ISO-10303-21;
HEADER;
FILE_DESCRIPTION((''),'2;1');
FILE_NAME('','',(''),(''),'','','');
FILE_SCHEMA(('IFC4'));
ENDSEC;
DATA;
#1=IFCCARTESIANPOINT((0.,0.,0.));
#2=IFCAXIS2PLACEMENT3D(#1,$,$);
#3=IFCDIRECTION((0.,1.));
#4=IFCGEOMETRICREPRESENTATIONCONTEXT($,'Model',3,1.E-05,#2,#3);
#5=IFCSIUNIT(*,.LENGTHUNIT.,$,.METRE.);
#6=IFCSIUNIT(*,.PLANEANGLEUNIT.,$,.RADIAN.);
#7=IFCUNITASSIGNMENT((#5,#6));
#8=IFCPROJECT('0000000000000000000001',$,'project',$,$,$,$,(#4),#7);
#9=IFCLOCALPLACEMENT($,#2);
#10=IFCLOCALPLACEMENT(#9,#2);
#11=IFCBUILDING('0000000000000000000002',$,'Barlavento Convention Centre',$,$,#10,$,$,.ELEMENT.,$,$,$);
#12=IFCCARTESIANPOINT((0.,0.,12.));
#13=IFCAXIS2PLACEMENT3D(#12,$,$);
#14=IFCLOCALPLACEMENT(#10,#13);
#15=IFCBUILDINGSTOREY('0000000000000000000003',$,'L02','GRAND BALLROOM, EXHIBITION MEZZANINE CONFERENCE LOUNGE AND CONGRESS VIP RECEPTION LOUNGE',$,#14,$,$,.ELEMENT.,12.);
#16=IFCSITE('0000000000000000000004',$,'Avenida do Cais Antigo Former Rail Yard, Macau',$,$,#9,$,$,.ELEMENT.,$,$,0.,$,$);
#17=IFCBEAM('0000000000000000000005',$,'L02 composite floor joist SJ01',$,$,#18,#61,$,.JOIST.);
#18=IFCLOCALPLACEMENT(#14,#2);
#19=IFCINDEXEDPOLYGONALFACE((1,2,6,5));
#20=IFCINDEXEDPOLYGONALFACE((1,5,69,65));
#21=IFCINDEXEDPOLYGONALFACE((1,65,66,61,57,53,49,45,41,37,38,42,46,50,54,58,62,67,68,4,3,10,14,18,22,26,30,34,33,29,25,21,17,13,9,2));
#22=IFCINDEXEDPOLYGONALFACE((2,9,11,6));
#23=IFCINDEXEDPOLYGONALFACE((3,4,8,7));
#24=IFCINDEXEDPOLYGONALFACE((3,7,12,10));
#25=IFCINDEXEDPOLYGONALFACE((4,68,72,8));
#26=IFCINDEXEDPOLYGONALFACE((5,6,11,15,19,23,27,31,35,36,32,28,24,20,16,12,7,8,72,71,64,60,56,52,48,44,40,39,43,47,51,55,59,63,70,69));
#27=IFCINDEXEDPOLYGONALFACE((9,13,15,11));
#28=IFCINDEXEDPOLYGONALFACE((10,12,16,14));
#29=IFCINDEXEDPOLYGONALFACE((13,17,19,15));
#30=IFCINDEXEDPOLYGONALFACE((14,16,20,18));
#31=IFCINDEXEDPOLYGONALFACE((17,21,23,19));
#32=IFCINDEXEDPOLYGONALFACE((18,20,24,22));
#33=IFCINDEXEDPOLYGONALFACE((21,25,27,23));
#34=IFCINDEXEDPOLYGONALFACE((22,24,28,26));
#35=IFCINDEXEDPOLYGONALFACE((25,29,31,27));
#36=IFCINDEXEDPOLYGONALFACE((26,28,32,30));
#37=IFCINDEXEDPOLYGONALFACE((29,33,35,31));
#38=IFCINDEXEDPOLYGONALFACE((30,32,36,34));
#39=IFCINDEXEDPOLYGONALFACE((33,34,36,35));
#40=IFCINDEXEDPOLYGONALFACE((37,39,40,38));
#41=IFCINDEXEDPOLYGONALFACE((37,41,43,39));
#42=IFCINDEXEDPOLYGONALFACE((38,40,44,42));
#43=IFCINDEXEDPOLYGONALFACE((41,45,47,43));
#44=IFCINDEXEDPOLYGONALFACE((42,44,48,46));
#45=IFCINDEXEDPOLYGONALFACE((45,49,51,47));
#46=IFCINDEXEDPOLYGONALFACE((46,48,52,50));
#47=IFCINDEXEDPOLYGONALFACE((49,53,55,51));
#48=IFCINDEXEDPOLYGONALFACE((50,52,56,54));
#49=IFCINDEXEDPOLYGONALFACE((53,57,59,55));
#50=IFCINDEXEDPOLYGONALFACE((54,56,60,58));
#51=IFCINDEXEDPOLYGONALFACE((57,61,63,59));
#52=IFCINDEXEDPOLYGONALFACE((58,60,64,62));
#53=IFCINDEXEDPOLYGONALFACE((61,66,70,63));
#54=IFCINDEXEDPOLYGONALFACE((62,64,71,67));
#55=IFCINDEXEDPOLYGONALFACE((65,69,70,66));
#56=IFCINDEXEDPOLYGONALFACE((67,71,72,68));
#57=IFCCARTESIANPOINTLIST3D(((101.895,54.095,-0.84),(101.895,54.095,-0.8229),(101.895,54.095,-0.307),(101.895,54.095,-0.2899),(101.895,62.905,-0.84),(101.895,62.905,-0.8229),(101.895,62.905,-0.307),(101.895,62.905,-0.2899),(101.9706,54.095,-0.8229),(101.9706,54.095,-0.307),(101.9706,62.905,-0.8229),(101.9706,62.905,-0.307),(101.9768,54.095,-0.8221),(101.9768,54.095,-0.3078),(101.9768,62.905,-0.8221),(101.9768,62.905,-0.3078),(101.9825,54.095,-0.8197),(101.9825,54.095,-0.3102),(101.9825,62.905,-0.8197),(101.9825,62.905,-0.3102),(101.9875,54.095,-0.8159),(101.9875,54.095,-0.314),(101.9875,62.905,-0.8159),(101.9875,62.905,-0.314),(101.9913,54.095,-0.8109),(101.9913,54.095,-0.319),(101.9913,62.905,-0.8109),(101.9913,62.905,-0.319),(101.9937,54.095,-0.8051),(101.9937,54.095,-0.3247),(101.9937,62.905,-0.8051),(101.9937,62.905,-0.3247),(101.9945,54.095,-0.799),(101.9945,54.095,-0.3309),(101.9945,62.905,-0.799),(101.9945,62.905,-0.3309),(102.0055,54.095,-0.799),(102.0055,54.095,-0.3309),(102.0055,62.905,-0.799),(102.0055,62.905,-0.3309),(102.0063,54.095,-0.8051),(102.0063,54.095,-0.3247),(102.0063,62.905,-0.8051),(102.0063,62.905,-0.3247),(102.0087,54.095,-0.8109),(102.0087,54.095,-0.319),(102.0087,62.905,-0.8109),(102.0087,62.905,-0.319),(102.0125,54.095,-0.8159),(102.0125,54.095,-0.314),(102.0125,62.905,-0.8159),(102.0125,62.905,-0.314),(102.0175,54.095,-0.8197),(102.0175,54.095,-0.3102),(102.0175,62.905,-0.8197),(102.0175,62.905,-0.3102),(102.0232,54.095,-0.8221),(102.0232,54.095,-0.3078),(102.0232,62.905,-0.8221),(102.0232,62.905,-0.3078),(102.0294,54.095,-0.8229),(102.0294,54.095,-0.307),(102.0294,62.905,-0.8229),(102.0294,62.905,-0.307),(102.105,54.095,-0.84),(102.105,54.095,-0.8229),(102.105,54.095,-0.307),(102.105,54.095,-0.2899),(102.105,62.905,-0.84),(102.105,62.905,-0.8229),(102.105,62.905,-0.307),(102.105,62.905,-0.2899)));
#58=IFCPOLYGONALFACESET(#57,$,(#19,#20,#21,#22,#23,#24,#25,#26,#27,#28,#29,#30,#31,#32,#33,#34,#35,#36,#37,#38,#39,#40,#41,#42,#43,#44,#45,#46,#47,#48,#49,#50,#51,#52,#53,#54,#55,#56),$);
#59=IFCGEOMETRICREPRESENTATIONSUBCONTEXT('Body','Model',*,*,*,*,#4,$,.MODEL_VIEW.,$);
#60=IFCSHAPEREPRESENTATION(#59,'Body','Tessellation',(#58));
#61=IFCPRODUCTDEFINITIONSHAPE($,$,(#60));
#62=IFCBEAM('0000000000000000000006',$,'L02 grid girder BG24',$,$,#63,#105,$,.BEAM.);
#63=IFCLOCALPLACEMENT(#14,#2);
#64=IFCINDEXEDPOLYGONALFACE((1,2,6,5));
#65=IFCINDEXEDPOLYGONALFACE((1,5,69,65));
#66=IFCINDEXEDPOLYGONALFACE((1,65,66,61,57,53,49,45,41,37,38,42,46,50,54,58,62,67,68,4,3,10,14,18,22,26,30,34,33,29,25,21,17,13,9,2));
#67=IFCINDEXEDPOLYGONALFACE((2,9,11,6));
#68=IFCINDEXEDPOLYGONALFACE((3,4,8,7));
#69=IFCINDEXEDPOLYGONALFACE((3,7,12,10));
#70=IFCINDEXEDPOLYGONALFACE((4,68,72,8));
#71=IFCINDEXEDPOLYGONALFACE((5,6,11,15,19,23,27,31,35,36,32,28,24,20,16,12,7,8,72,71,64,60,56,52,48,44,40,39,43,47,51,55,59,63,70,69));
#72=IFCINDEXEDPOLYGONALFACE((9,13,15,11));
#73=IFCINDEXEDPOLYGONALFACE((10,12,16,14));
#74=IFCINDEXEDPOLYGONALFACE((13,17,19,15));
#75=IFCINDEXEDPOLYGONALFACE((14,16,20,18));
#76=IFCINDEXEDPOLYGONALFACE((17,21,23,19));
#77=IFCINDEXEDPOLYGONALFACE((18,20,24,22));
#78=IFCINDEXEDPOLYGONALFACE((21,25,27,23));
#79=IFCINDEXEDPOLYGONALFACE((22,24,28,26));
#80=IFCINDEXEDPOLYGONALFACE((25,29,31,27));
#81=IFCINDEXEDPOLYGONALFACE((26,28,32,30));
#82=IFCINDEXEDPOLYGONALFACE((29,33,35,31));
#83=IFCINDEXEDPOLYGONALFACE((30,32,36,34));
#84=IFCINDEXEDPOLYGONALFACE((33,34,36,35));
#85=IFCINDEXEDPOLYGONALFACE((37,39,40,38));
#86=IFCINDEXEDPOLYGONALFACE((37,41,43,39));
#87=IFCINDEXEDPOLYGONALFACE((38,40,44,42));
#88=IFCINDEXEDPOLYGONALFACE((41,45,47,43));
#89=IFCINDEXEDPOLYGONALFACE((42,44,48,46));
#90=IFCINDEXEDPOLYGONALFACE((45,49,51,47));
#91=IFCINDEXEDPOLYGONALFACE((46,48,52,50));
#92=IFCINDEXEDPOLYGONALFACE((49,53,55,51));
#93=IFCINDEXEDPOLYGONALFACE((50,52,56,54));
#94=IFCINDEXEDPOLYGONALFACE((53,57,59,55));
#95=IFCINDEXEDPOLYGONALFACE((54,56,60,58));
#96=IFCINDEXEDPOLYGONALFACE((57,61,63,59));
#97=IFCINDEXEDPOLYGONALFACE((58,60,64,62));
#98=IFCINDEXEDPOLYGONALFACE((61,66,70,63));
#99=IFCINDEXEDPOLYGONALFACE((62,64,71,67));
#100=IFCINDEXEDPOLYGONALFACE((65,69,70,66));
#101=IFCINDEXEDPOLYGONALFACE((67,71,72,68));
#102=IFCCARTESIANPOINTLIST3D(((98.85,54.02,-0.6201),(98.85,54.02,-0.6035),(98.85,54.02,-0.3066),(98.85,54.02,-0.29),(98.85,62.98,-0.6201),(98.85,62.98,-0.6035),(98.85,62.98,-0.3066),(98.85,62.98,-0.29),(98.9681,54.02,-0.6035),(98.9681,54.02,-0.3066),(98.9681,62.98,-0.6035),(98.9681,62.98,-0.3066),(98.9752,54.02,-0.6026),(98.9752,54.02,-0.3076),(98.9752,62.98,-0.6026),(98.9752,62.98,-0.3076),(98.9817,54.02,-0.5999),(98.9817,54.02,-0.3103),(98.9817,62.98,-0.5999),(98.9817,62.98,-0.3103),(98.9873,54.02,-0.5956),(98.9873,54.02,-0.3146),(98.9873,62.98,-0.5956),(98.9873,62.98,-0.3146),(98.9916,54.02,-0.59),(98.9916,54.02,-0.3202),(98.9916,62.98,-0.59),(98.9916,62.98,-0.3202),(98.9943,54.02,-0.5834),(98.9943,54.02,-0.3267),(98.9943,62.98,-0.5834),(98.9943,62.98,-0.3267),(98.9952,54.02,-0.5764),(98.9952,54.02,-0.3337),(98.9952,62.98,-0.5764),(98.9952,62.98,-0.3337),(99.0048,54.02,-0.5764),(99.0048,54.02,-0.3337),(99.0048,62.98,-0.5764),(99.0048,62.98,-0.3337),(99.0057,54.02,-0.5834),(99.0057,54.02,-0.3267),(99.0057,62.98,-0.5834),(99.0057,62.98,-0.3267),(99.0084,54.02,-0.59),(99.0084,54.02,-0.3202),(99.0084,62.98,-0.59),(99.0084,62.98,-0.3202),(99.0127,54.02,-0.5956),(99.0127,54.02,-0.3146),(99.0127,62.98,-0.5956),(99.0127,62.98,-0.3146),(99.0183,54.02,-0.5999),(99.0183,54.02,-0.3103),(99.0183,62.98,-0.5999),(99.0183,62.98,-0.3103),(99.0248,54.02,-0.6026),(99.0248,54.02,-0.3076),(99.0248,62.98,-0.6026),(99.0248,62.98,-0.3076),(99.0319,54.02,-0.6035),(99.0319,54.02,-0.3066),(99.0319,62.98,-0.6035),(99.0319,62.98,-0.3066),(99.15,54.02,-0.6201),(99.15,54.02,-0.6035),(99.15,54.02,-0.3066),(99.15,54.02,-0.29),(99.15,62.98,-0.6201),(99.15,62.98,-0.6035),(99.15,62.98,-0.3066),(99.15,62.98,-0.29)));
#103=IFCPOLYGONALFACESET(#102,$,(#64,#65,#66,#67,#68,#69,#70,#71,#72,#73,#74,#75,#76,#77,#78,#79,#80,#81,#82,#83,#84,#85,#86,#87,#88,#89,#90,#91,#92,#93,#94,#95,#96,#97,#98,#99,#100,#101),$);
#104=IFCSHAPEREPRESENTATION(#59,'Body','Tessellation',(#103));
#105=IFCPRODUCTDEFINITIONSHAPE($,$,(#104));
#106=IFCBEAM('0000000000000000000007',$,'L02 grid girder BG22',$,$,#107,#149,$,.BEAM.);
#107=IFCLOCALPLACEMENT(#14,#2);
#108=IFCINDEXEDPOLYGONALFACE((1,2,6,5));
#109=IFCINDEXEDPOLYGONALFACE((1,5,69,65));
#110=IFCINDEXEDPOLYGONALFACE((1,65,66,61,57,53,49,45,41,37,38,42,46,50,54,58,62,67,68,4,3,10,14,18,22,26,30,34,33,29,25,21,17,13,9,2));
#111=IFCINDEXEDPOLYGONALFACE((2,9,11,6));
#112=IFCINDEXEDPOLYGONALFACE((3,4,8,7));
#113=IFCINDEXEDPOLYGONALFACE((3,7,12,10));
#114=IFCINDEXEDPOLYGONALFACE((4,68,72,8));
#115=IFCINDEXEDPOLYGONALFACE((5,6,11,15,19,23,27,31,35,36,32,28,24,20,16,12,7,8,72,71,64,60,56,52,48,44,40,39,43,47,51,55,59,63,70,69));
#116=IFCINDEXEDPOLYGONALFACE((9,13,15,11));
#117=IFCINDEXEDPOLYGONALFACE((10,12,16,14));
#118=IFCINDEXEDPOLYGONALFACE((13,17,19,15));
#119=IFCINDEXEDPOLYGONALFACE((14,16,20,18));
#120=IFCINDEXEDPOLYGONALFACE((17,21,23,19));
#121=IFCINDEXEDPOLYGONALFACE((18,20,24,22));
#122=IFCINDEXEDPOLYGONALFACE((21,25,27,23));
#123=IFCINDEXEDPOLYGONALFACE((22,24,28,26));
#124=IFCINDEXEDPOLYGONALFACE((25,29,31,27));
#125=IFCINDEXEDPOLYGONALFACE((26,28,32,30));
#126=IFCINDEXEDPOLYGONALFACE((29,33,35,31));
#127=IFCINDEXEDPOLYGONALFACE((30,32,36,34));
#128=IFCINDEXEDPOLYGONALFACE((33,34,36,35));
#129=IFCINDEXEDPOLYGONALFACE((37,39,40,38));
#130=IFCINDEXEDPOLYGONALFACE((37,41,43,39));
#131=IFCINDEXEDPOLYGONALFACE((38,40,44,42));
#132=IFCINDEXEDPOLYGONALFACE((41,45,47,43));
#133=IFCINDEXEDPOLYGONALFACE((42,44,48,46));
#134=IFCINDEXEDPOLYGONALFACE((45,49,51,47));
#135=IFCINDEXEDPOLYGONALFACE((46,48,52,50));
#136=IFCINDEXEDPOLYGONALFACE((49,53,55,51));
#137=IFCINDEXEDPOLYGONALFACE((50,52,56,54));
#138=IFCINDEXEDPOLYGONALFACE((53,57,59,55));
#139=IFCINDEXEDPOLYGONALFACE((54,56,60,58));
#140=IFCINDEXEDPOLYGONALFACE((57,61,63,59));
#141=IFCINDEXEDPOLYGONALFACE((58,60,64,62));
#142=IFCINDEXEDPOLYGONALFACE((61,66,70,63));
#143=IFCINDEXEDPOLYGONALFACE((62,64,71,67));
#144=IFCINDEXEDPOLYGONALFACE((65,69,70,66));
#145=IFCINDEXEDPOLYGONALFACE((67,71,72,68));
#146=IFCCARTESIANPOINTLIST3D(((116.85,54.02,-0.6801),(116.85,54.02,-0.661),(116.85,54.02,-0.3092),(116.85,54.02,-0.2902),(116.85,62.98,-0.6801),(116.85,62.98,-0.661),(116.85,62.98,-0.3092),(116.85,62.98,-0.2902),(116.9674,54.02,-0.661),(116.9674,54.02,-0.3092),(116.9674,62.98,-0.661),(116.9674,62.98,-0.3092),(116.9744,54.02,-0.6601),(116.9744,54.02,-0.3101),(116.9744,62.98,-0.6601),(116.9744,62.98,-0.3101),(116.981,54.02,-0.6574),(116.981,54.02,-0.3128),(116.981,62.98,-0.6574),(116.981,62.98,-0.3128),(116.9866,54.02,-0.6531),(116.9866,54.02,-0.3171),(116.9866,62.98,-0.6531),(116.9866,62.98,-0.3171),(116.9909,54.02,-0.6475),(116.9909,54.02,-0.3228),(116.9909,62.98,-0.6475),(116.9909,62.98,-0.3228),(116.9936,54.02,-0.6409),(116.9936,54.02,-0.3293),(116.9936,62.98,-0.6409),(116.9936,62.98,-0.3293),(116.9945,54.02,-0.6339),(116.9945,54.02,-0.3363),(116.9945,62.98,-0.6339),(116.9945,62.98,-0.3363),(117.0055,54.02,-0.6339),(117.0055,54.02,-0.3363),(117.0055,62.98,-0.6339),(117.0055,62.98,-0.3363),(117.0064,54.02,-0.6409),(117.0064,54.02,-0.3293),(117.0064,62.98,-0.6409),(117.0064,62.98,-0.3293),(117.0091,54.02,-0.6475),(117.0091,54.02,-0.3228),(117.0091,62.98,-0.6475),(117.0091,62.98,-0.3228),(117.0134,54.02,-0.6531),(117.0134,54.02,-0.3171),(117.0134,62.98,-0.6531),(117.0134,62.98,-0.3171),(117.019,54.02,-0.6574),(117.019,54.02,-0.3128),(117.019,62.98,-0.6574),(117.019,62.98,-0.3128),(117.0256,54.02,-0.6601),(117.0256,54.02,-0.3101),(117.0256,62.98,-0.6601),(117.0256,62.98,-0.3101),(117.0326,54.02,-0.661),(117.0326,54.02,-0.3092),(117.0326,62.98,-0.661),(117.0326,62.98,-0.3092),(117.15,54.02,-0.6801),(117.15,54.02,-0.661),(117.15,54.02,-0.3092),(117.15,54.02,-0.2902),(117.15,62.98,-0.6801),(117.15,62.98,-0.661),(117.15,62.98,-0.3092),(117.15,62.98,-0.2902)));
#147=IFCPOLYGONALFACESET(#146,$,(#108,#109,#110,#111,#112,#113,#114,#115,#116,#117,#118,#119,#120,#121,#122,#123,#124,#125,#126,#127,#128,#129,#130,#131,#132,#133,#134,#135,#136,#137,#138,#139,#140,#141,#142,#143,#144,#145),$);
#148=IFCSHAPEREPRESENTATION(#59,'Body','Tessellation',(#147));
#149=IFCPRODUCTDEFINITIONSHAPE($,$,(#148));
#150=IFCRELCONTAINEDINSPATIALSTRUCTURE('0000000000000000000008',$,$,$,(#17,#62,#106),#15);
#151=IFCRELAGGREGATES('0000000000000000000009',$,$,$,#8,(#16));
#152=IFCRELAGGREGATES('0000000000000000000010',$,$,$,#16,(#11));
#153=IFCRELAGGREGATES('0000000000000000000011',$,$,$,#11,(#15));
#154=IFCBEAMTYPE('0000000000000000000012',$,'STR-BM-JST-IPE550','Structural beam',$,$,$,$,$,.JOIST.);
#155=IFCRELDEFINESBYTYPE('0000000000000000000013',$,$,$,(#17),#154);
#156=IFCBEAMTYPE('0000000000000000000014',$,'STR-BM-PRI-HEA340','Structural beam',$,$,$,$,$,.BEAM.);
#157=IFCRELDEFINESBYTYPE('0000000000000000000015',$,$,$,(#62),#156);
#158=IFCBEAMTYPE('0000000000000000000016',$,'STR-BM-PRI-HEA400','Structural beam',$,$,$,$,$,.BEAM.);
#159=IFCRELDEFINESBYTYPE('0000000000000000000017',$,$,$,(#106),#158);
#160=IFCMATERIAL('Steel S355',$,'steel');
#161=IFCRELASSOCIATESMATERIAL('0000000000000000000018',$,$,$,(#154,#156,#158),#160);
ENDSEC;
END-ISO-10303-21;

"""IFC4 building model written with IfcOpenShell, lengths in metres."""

from ifc_helpers import new_model, si_unit, direction, frame, origin, origin_2d, place, context, subcontext, project, spatial, i_section, extrude, material, material_profile, profile_set, type_object, element, save


model = new_model("IFC4")

# Units and contexts
model_context = context("Model", 3, precision=1e-05, world=origin(), true_north=direction((0.0, 1.0)))
body_context = subcontext(model_context, "Body", "Model", "MODEL_VIEW")
ifc_project = project(units=[si_unit("LENGTHUNIT", "METRE"), si_unit("PLANEANGLEUNIT", "RADIAN")], contexts=[model_context])

# Site, building, storey
site_placement = place(None, origin())
site = spatial("IfcSite", under=ifc_project, at=site_placement, Name="Avenida do Cais Antigo Former Rail Yard, Macau", CompositionType="ELEMENT", RefElevation=0.0)
building_placement = place(site_placement, origin())
building = spatial("IfcBuilding", under=site, at=building_placement, Name="Barlavento Convention Centre", CompositionType="ELEMENT")
storey_placement = place(building_placement, frame((0.0, 0.0, 12.0)))
storey = spatial("IfcBuildingStorey", under=building, at=storey_placement, Name="L02", Description="GRAND BALLROOM, EXHIBITION MEZZANINE CONFERENCE LOUNGE AND CONGRESS VIP RECEPTION LOUNGE", CompositionType="ELEMENT", Elevation=12.0)

# Shared definitions
ifc_material_1 = material(Name="Steel S355", Category="steel")

# Beams
ifc_material_profile_1 = material_profile(ifc_material_1, i_section(OverallWidth=0.21, OverallDepth=0.55, WebThickness=0.011, FlangeThickness=0.0171, FilletRadius=0.0239, at=origin_2d()), Name="IPE 550")
ifc_profile_set_1 = profile_set([ifc_material_profile_1], Name="Steel S355")
beam_type_1 = type_object("IfcBeamType", Name="STR-BM-JST-IPE550", Description="Structural beam", PredefinedType="JOIST", material=ifc_profile_set_1)
beam_1_placement = place(storey_placement, frame((102.0, 54.095, -0.5649), z_axis=(0.0, 1.0, 0.0), x_axis=(-1.0, 0.0, 0.0)))
element("IfcBeam", 1, at=beam_1_placement, inside=storey, type_object=beam_type_1, Name="L02 composite floor joist SJ01", PredefinedType="JOIST", context=body_context, shape_type="SweptSolid", body=[
    extrude(i_section(OverallWidth=0.21, OverallDepth=0.55, WebThickness=0.011, FlangeThickness=0.0171, FilletRadius=0.0239, at=origin_2d()), origin(), (0.0, 0.0, 1.0), 8.8101),
])
ifc_material_profile_2 = material_profile(ifc_material_1, i_section(OverallWidth=0.3, OverallDepth=0.3301, WebThickness=0.0095, FlangeThickness=0.0166, FilletRadius=0.0271, at=origin_2d()), Name="HEA 340")
ifc_profile_set_2 = profile_set([ifc_material_profile_2], Name="Steel S355")
beam_type_2 = type_object("IfcBeamType", Name="STR-BM-PRI-HEA340", Description="Structural beam", PredefinedType="BEAM", material=ifc_profile_set_2)
beam_2_placement = place(storey_placement, frame((99.0, 54.02, -0.4551), z_axis=(0.0, 1.0, 0.0), x_axis=(-1.0, 0.0, 0.0)))
element("IfcBeam", 2, at=beam_2_placement, inside=storey, type_object=beam_type_2, Name="L02 grid girder BG24", PredefinedType="BEAM", context=body_context, shape_type="SweptSolid", body=[
    extrude(i_section(OverallWidth=0.3, OverallDepth=0.3301, WebThickness=0.0095, FlangeThickness=0.0166, FilletRadius=0.0271, at=origin_2d()), origin(), (0.0, 0.0, 1.0), 8.96),
])
ifc_material_profile_3 = material_profile(ifc_material_1, i_section(OverallWidth=0.3, OverallDepth=0.3899, WebThickness=0.011, FlangeThickness=0.019, FilletRadius=0.0271, at=origin_2d()), Name="HEA 400")
ifc_profile_set_3 = profile_set([ifc_material_profile_3], Name="Steel S355")
beam_type_3 = type_object("IfcBeamType", Name="STR-BM-PRI-HEA400", Description="Structural beam", PredefinedType="BEAM", material=ifc_profile_set_3)
beam_3_placement = place(storey_placement, frame((117.0, 54.02, -0.4851), z_axis=(0.0, 1.0, 0.0), x_axis=(-1.0, 0.0, 0.0)))
element("IfcBeam", 3, at=beam_3_placement, inside=storey, type_object=beam_type_3, Name="L02 grid girder BG22", PredefinedType="BEAM", context=body_context, shape_type="SweptSolid", body=[
    extrude(i_section(OverallWidth=0.3, OverallDepth=0.3899, WebThickness=0.011, FlangeThickness=0.019, FilletRadius=0.0271, at=origin_2d()), origin(), (0.0, 0.0, 1.0), 8.96),
])

save(model, "model.ifc")
